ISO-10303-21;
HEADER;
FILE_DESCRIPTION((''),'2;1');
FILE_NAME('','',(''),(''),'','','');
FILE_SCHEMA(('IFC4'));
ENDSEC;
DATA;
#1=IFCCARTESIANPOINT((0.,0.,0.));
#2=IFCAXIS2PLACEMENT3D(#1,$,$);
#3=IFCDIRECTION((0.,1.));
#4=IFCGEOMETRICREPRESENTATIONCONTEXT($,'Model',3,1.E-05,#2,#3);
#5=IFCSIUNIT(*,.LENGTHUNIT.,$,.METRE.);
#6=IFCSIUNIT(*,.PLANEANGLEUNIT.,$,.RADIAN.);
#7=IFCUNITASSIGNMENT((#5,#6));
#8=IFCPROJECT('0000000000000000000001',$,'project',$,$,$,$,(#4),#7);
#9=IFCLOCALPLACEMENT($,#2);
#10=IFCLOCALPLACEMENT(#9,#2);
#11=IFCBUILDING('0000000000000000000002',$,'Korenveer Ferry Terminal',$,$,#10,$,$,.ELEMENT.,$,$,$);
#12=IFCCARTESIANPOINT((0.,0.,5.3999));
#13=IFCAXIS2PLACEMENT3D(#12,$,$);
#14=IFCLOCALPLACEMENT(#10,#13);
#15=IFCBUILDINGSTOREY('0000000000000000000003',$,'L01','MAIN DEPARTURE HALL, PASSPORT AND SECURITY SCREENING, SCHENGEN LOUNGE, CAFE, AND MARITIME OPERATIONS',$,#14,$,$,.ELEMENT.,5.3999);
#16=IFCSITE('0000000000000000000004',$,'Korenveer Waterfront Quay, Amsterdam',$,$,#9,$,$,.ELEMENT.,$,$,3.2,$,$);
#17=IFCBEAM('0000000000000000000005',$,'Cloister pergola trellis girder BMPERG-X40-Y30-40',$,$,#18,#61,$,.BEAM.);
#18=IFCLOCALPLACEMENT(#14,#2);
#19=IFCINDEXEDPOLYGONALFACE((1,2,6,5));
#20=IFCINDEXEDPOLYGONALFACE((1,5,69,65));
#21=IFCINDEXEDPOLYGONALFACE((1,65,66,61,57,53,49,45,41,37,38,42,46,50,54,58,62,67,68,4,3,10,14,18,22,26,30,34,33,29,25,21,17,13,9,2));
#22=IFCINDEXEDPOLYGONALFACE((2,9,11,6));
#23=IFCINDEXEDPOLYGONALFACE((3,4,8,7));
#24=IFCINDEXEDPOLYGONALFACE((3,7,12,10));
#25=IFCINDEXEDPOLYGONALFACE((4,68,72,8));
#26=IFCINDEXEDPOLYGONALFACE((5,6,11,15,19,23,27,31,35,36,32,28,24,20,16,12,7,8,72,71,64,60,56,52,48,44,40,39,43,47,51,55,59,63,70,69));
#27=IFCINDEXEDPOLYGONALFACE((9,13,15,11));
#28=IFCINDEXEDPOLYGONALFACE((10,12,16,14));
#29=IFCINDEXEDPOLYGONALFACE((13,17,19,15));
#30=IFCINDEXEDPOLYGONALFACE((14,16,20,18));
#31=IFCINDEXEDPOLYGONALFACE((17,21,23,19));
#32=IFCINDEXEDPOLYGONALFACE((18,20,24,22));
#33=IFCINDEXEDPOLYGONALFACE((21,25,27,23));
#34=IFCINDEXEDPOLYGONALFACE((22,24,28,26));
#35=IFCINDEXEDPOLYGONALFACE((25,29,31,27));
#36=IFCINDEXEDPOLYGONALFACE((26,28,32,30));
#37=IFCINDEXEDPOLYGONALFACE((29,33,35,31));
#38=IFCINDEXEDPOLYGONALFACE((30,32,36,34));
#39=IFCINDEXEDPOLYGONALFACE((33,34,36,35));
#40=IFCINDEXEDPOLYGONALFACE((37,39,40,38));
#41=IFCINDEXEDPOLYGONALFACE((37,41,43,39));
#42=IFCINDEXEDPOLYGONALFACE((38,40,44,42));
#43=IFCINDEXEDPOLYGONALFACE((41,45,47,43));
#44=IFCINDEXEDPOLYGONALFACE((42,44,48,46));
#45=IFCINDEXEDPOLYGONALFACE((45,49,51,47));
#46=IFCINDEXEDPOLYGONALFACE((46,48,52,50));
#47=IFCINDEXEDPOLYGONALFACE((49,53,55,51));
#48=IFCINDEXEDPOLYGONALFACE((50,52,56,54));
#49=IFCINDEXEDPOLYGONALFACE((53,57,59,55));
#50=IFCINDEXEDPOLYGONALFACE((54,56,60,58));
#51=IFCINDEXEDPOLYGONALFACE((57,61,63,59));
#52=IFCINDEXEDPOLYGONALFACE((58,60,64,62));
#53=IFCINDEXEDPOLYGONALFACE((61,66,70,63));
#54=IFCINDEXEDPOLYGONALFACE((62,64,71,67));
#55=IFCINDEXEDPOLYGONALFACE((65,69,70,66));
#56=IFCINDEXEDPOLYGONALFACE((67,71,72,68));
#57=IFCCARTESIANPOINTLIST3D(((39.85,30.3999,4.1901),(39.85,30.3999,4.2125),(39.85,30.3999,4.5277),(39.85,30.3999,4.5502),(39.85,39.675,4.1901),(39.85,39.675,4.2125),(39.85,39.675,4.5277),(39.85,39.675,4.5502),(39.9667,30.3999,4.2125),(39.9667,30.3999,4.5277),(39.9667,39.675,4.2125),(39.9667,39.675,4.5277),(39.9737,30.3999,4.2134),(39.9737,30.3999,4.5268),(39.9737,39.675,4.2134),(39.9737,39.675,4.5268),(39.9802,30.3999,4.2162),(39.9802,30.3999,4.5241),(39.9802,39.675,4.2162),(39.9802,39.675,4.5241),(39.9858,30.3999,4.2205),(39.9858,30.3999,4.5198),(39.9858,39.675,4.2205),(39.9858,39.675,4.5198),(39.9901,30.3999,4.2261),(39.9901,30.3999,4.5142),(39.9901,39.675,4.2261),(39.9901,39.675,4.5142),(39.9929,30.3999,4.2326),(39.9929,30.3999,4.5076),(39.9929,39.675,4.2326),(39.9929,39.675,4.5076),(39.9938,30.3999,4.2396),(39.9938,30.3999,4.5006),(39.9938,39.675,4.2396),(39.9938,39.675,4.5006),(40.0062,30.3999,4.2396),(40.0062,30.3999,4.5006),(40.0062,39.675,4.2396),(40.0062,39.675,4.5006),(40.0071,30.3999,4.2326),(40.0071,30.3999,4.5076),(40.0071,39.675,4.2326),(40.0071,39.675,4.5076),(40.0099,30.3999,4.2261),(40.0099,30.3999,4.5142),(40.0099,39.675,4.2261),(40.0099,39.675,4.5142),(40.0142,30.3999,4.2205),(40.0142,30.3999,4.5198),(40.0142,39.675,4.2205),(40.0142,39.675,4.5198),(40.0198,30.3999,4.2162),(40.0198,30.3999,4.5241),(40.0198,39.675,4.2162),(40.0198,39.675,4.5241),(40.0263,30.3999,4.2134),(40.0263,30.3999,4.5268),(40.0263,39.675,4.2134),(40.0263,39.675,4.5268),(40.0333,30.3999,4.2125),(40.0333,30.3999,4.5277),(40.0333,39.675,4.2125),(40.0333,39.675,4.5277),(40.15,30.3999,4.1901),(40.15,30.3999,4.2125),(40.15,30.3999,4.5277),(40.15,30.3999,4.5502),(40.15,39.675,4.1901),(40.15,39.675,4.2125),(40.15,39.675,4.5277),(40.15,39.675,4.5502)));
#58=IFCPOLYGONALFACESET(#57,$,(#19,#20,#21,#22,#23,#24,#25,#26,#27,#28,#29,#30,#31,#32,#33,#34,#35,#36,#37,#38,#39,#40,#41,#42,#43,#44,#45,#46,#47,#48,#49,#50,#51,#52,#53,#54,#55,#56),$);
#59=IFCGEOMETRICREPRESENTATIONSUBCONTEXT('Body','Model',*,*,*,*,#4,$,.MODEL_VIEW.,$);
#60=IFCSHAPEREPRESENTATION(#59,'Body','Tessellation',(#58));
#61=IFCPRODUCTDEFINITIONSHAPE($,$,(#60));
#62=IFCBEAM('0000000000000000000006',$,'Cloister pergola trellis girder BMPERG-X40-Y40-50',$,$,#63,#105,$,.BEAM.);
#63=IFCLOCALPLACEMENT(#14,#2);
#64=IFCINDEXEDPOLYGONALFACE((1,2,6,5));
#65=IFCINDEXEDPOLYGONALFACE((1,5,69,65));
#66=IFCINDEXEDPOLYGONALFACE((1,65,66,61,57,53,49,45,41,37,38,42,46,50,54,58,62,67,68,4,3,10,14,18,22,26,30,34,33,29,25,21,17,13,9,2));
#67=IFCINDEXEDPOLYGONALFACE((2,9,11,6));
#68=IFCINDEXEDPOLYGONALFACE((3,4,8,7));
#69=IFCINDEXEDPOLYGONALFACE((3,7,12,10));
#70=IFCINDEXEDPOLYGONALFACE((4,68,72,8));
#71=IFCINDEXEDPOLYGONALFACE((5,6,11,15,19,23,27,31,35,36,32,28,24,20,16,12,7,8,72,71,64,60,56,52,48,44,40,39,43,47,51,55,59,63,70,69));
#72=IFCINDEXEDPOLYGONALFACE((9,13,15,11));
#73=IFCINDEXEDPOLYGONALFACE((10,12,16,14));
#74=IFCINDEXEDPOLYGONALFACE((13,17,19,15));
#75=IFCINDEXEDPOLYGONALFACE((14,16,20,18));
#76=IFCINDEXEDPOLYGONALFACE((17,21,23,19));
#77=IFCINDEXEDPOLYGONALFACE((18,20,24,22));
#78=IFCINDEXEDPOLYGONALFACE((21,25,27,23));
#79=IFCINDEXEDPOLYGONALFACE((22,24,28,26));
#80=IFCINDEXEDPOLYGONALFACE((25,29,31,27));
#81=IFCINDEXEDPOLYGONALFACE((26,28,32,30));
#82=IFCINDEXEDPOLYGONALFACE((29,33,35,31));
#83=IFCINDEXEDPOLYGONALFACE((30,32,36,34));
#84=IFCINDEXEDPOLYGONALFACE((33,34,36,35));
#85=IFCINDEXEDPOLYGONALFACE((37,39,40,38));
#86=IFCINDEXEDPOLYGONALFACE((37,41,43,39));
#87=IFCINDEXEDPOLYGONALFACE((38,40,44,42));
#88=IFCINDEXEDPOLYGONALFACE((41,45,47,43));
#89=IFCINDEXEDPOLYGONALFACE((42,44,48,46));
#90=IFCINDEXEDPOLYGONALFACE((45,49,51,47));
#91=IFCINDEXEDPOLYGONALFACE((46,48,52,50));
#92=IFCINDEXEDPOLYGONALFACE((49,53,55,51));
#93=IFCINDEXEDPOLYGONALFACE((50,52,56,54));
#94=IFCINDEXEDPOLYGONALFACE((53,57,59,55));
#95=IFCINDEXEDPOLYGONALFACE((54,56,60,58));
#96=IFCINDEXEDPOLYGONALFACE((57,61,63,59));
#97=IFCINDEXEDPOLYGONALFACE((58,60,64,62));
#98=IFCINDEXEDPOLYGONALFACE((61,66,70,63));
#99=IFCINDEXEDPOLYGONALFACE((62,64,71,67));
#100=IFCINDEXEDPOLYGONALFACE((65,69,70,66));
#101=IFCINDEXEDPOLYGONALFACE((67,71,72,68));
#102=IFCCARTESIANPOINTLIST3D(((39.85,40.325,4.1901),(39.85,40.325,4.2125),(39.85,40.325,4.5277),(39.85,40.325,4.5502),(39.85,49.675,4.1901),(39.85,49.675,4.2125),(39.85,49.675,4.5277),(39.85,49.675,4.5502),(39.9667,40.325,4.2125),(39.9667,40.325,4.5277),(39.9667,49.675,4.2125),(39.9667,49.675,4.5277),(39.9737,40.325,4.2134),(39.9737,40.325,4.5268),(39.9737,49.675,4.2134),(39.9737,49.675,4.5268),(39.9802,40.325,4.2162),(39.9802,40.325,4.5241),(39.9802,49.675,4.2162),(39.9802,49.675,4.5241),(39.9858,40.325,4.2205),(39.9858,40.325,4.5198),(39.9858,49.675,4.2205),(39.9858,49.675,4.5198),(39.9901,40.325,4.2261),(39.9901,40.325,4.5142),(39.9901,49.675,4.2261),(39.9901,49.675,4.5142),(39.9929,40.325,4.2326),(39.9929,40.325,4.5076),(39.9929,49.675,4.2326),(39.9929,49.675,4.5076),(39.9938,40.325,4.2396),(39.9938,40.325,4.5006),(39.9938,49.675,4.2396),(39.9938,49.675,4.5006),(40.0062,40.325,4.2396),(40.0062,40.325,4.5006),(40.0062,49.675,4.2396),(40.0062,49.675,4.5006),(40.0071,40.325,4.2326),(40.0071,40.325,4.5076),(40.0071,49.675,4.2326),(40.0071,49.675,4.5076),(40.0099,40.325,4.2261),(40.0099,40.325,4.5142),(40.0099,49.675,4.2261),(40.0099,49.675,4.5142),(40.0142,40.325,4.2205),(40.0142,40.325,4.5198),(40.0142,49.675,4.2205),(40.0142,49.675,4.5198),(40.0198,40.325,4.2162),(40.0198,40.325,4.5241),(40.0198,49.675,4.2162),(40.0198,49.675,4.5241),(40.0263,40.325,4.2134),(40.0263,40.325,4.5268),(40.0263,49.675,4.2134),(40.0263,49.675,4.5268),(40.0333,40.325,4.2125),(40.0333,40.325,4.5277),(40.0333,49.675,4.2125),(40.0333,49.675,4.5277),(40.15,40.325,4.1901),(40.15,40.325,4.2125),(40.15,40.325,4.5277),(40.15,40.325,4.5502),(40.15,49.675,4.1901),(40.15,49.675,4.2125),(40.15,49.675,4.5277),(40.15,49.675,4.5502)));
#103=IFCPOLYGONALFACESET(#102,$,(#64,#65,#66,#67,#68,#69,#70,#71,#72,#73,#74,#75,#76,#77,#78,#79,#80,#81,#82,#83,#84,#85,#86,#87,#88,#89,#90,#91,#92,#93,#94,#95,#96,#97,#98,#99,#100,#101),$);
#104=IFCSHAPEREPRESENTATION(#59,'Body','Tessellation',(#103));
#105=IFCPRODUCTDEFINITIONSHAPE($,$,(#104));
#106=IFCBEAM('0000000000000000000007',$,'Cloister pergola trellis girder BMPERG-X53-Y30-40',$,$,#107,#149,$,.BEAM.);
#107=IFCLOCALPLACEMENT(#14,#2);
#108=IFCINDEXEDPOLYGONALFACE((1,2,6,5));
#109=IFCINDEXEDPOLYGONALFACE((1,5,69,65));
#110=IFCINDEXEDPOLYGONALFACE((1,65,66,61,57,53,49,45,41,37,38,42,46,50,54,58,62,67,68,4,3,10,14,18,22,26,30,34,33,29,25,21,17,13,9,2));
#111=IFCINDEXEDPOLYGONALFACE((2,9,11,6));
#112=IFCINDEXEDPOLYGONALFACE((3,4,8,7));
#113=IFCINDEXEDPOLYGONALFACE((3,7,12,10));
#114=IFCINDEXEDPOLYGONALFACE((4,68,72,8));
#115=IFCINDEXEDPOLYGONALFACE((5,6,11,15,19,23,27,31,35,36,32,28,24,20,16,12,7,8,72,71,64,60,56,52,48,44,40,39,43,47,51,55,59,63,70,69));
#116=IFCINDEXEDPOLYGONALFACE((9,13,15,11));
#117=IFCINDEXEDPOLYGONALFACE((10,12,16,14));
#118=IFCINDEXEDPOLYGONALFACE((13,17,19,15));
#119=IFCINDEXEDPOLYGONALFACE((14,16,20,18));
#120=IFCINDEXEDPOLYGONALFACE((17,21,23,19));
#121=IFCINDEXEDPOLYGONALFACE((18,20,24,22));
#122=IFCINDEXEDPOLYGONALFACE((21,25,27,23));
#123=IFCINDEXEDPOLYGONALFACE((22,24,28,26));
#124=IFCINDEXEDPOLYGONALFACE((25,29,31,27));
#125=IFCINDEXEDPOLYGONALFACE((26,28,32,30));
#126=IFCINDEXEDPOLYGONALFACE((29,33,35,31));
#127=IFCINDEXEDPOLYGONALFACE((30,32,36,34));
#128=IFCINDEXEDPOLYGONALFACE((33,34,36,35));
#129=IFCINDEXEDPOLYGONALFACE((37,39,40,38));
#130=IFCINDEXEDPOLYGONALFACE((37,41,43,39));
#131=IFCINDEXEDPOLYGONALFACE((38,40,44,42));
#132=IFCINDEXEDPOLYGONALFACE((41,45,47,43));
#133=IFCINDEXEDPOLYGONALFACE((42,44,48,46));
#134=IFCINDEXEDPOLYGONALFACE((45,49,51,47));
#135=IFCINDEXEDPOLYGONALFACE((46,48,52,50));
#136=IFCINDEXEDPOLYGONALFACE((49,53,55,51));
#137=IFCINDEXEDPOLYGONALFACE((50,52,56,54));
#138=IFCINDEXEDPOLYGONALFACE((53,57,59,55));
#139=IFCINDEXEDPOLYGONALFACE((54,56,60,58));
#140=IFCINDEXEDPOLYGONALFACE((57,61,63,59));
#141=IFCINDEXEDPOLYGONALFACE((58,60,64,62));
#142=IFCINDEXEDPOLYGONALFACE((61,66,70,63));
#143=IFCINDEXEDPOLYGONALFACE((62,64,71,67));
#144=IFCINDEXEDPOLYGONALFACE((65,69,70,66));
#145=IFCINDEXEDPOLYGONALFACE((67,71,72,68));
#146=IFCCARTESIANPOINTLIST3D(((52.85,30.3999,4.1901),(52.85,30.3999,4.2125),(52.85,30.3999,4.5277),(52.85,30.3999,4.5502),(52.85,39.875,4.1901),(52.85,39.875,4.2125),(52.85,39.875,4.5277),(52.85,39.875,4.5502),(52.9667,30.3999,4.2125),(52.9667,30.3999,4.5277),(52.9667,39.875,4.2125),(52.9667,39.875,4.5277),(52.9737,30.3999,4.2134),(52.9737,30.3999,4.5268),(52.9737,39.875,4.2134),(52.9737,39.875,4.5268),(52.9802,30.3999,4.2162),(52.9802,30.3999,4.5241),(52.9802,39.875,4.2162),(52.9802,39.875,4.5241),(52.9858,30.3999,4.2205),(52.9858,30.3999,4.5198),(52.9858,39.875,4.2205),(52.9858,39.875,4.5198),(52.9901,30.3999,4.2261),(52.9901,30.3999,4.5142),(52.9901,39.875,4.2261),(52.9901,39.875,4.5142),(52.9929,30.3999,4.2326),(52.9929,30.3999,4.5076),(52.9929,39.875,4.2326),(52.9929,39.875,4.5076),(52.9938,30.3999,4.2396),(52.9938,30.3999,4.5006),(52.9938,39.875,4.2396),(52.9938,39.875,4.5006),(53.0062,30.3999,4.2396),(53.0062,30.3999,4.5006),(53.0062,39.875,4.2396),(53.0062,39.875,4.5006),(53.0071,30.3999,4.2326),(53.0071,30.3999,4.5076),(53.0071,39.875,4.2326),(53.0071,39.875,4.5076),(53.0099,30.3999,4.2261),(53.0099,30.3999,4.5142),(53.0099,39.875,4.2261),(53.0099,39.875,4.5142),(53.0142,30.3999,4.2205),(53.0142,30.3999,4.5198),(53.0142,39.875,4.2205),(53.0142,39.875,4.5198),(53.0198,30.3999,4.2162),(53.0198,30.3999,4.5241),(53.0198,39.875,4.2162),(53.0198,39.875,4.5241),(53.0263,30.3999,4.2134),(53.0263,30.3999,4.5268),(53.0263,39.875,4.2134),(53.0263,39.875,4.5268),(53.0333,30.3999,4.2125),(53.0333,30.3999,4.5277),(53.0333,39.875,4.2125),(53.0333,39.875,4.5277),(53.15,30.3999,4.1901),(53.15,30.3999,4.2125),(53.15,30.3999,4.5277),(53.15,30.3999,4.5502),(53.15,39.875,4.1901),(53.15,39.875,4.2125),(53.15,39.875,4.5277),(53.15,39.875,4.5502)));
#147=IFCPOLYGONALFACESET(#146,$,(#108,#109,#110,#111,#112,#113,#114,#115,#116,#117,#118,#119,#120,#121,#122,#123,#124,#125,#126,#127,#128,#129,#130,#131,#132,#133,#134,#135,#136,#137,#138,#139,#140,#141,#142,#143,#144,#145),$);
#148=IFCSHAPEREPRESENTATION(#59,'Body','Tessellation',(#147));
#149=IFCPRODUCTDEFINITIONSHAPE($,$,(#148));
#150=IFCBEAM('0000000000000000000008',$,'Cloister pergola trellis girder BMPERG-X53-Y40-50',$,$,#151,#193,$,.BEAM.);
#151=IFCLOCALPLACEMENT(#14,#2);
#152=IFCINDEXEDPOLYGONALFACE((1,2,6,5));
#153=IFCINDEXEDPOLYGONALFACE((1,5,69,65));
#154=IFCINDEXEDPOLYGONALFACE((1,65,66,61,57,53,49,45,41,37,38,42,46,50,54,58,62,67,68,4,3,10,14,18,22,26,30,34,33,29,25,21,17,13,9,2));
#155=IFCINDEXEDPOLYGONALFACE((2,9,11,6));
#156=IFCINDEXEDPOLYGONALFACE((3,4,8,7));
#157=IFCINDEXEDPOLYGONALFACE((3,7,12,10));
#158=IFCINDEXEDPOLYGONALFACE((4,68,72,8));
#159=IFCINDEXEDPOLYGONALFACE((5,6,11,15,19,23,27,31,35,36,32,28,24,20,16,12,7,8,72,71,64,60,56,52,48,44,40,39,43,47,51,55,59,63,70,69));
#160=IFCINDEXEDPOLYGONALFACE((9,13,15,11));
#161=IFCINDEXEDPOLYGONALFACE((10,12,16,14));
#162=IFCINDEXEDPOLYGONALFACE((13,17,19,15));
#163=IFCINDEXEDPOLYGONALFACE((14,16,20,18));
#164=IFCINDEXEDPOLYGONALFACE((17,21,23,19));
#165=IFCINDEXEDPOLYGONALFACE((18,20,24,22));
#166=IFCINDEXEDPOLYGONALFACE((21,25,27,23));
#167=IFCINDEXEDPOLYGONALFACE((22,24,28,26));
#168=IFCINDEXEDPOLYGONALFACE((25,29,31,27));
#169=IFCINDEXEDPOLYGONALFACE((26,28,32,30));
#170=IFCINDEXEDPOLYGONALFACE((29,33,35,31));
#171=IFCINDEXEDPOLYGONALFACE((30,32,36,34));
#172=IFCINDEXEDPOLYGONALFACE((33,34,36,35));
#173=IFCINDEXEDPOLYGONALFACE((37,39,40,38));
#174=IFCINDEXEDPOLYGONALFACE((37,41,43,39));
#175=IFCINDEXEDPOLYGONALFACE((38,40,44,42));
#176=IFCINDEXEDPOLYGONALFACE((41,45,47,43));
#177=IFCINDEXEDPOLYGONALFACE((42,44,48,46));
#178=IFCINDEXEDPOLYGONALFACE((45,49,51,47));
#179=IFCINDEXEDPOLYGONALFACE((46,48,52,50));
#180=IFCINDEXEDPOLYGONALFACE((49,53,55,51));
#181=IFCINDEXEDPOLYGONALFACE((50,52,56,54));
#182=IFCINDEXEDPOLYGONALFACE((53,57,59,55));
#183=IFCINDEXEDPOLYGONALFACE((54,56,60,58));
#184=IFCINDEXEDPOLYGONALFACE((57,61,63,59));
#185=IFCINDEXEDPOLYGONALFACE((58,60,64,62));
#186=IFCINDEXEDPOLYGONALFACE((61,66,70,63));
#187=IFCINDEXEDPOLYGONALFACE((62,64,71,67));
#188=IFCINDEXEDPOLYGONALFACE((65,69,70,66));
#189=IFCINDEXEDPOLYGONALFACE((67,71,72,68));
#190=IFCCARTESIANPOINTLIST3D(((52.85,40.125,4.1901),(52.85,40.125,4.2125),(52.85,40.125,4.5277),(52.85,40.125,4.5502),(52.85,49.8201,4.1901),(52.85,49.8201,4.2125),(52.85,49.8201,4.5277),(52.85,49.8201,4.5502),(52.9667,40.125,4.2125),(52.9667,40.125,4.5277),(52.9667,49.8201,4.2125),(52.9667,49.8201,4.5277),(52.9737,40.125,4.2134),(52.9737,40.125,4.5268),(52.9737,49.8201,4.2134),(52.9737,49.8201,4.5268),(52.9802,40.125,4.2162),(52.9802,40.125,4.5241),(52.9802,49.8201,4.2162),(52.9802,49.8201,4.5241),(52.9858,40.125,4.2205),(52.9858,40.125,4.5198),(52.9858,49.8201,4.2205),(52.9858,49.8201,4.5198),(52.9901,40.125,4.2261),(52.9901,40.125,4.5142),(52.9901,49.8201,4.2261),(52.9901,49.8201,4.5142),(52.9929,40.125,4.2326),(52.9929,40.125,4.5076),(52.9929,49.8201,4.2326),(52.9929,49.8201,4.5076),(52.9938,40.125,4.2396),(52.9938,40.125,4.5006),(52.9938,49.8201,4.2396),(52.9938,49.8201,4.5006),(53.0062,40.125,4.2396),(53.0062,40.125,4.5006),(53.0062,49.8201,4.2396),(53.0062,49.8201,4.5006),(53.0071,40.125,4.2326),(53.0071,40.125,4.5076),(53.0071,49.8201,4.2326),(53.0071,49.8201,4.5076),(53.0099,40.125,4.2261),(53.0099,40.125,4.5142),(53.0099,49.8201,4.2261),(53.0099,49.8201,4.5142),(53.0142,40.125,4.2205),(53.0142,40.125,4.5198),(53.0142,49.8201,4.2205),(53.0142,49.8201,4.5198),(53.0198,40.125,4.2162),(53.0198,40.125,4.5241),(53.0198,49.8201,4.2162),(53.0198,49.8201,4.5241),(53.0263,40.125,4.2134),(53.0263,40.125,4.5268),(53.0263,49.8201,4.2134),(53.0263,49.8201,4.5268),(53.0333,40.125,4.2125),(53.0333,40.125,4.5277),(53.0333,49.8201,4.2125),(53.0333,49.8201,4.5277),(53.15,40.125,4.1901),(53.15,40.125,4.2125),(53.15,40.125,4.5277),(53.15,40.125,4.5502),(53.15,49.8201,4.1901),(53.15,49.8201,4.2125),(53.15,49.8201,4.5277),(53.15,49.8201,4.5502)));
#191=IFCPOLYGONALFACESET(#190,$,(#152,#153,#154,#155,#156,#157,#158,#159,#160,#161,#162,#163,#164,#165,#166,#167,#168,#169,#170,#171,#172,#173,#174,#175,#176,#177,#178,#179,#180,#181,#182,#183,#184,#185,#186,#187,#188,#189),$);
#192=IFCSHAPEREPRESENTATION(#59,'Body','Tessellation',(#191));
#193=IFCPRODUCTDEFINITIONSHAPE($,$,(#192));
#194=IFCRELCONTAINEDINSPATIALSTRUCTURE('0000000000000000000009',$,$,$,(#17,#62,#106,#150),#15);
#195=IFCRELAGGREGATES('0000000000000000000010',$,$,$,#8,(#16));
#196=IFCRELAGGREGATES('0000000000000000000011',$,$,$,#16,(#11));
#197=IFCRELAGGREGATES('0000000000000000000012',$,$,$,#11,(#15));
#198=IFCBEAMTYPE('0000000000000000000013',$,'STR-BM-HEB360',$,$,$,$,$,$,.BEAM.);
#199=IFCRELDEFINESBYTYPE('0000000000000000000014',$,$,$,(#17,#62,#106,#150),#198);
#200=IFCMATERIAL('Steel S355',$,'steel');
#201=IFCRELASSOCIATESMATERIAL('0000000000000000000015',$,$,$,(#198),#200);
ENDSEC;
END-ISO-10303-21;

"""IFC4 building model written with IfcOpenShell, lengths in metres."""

from ifc_helpers import new_model, si_unit, direction, frame, origin, origin_2d, place, context, subcontext, project, spatial, i_section, extrude, material, material_profile, profile_set, type_object, element, save


model = new_model("IFC4")

# Units and contexts
model_context = context("Model", 3, precision=1e-05, world=origin(), true_north=direction((0.0, 1.0)))
body_context = subcontext(model_context, "Body", "Model", "MODEL_VIEW")
ifc_project = project(units=[si_unit("LENGTHUNIT", "METRE"), si_unit("PLANEANGLEUNIT", "RADIAN")], contexts=[model_context])

# Site, building, storey
site_placement = place(None, origin())
site = spatial("IfcSite", under=ifc_project, at=site_placement, Name="Korenveer Waterfront Quay, Amsterdam", CompositionType="ELEMENT", RefElevation=3.2)
building_placement = place(site_placement, origin())
building = spatial("IfcBuilding", under=site, at=building_placement, Name="Korenveer Ferry Terminal", CompositionType="ELEMENT")
storey_placement = place(building_placement, frame((0.0, 0.0, 5.3999)))
storey = spatial("IfcBuildingStorey", under=building, at=storey_placement, Name="L01", Description="MAIN DEPARTURE HALL, PASSPORT AND SECURITY SCREENING, SCHENGEN LOUNGE, CAFE, AND MARITIME OPERATIONS", CompositionType="ELEMENT", Elevation=5.3999)

# Shared definitions
ifc_material_1 = material(Name="Steel S355", Category="steel")

# Beams
ifc_material_profile_1 = material_profile(ifc_material_1, i_section(OverallWidth=0.3, OverallDepth=0.3601, WebThickness=0.0125, FlangeThickness=0.0225, FilletRadius=0.0271, at=origin_2d()), Name="HEB 360")
ifc_profile_set_1 = profile_set([ifc_material_profile_1], Name="Steel S355")
beam_type = type_object("IfcBeamType", Name="STR-BM-HEB360", PredefinedType="BEAM", material=ifc_profile_set_1)
beam_1_placement = place(storey_placement, frame((40.0, 30.3999, 4.3701), z_axis=(0.0, 1.0, 0.0), x_axis=(-1.0, 0.0, 0.0)))
element("IfcBeam", 1, at=beam_1_placement, inside=storey, type_object=beam_type, Name="Cloister pergola trellis girder BMPERG-X40-Y30-40", PredefinedType="BEAM", context=body_context, shape_type="SweptSolid", body=[
    extrude(i_section(OverallWidth=0.3, OverallDepth=0.3601, WebThickness=0.0125, FlangeThickness=0.0225, FilletRadius=0.0271, at=origin_2d()), origin(), (0.0, 0.0, 1.0), 9.2751),
])
beam_2_placement = place(storey_placement, frame((40.0, 40.325, 4.3701), z_axis=(0.0, 1.0, 0.0), x_axis=(-1.0, 0.0, 0.0)))
element("IfcBeam", 2, at=beam_2_placement, inside=storey, type_object=beam_type, Name="Cloister pergola trellis girder BMPERG-X40-Y40-50", PredefinedType="BEAM", context=body_context, shape_type="SweptSolid", body=[
    extrude(i_section(OverallWidth=0.3, OverallDepth=0.3601, WebThickness=0.0125, FlangeThickness=0.0225, FilletRadius=0.0271, at=origin_2d()), origin(), (0.0, 0.0, 1.0), 9.3501),
])
beam_3_placement = place(storey_placement, frame((53.0, 30.3999, 4.3701), z_axis=(0.0, 1.0, 0.0), x_axis=(-1.0, 0.0, 0.0)))
element("IfcBeam", 3, at=beam_3_placement, inside=storey, type_object=beam_type, Name="Cloister pergola trellis girder BMPERG-X53-Y30-40", PredefinedType="BEAM", context=body_context, shape_type="SweptSolid", body=[
    extrude(i_section(OverallWidth=0.3, OverallDepth=0.3601, WebThickness=0.0125, FlangeThickness=0.0225, FilletRadius=0.0271, at=origin_2d()), origin(), (0.0, 0.0, 1.0), 9.4751),
])
beam_4_placement = place(storey_placement, frame((53.0, 40.125, 4.3701), z_axis=(0.0, 1.0, 0.0), x_axis=(-1.0, 0.0, 0.0)))
element("IfcBeam", 4, at=beam_4_placement, inside=storey, type_object=beam_type, Name="Cloister pergola trellis girder BMPERG-X53-Y40-50", PredefinedType="BEAM", context=body_context, shape_type="SweptSolid", body=[
    extrude(i_section(OverallWidth=0.3, OverallDepth=0.3601, WebThickness=0.0125, FlangeThickness=0.0225, FilletRadius=0.0271, at=origin_2d()), origin(), (0.0, 0.0, 1.0), 9.6951),
])

save(model, "model.ifc")
